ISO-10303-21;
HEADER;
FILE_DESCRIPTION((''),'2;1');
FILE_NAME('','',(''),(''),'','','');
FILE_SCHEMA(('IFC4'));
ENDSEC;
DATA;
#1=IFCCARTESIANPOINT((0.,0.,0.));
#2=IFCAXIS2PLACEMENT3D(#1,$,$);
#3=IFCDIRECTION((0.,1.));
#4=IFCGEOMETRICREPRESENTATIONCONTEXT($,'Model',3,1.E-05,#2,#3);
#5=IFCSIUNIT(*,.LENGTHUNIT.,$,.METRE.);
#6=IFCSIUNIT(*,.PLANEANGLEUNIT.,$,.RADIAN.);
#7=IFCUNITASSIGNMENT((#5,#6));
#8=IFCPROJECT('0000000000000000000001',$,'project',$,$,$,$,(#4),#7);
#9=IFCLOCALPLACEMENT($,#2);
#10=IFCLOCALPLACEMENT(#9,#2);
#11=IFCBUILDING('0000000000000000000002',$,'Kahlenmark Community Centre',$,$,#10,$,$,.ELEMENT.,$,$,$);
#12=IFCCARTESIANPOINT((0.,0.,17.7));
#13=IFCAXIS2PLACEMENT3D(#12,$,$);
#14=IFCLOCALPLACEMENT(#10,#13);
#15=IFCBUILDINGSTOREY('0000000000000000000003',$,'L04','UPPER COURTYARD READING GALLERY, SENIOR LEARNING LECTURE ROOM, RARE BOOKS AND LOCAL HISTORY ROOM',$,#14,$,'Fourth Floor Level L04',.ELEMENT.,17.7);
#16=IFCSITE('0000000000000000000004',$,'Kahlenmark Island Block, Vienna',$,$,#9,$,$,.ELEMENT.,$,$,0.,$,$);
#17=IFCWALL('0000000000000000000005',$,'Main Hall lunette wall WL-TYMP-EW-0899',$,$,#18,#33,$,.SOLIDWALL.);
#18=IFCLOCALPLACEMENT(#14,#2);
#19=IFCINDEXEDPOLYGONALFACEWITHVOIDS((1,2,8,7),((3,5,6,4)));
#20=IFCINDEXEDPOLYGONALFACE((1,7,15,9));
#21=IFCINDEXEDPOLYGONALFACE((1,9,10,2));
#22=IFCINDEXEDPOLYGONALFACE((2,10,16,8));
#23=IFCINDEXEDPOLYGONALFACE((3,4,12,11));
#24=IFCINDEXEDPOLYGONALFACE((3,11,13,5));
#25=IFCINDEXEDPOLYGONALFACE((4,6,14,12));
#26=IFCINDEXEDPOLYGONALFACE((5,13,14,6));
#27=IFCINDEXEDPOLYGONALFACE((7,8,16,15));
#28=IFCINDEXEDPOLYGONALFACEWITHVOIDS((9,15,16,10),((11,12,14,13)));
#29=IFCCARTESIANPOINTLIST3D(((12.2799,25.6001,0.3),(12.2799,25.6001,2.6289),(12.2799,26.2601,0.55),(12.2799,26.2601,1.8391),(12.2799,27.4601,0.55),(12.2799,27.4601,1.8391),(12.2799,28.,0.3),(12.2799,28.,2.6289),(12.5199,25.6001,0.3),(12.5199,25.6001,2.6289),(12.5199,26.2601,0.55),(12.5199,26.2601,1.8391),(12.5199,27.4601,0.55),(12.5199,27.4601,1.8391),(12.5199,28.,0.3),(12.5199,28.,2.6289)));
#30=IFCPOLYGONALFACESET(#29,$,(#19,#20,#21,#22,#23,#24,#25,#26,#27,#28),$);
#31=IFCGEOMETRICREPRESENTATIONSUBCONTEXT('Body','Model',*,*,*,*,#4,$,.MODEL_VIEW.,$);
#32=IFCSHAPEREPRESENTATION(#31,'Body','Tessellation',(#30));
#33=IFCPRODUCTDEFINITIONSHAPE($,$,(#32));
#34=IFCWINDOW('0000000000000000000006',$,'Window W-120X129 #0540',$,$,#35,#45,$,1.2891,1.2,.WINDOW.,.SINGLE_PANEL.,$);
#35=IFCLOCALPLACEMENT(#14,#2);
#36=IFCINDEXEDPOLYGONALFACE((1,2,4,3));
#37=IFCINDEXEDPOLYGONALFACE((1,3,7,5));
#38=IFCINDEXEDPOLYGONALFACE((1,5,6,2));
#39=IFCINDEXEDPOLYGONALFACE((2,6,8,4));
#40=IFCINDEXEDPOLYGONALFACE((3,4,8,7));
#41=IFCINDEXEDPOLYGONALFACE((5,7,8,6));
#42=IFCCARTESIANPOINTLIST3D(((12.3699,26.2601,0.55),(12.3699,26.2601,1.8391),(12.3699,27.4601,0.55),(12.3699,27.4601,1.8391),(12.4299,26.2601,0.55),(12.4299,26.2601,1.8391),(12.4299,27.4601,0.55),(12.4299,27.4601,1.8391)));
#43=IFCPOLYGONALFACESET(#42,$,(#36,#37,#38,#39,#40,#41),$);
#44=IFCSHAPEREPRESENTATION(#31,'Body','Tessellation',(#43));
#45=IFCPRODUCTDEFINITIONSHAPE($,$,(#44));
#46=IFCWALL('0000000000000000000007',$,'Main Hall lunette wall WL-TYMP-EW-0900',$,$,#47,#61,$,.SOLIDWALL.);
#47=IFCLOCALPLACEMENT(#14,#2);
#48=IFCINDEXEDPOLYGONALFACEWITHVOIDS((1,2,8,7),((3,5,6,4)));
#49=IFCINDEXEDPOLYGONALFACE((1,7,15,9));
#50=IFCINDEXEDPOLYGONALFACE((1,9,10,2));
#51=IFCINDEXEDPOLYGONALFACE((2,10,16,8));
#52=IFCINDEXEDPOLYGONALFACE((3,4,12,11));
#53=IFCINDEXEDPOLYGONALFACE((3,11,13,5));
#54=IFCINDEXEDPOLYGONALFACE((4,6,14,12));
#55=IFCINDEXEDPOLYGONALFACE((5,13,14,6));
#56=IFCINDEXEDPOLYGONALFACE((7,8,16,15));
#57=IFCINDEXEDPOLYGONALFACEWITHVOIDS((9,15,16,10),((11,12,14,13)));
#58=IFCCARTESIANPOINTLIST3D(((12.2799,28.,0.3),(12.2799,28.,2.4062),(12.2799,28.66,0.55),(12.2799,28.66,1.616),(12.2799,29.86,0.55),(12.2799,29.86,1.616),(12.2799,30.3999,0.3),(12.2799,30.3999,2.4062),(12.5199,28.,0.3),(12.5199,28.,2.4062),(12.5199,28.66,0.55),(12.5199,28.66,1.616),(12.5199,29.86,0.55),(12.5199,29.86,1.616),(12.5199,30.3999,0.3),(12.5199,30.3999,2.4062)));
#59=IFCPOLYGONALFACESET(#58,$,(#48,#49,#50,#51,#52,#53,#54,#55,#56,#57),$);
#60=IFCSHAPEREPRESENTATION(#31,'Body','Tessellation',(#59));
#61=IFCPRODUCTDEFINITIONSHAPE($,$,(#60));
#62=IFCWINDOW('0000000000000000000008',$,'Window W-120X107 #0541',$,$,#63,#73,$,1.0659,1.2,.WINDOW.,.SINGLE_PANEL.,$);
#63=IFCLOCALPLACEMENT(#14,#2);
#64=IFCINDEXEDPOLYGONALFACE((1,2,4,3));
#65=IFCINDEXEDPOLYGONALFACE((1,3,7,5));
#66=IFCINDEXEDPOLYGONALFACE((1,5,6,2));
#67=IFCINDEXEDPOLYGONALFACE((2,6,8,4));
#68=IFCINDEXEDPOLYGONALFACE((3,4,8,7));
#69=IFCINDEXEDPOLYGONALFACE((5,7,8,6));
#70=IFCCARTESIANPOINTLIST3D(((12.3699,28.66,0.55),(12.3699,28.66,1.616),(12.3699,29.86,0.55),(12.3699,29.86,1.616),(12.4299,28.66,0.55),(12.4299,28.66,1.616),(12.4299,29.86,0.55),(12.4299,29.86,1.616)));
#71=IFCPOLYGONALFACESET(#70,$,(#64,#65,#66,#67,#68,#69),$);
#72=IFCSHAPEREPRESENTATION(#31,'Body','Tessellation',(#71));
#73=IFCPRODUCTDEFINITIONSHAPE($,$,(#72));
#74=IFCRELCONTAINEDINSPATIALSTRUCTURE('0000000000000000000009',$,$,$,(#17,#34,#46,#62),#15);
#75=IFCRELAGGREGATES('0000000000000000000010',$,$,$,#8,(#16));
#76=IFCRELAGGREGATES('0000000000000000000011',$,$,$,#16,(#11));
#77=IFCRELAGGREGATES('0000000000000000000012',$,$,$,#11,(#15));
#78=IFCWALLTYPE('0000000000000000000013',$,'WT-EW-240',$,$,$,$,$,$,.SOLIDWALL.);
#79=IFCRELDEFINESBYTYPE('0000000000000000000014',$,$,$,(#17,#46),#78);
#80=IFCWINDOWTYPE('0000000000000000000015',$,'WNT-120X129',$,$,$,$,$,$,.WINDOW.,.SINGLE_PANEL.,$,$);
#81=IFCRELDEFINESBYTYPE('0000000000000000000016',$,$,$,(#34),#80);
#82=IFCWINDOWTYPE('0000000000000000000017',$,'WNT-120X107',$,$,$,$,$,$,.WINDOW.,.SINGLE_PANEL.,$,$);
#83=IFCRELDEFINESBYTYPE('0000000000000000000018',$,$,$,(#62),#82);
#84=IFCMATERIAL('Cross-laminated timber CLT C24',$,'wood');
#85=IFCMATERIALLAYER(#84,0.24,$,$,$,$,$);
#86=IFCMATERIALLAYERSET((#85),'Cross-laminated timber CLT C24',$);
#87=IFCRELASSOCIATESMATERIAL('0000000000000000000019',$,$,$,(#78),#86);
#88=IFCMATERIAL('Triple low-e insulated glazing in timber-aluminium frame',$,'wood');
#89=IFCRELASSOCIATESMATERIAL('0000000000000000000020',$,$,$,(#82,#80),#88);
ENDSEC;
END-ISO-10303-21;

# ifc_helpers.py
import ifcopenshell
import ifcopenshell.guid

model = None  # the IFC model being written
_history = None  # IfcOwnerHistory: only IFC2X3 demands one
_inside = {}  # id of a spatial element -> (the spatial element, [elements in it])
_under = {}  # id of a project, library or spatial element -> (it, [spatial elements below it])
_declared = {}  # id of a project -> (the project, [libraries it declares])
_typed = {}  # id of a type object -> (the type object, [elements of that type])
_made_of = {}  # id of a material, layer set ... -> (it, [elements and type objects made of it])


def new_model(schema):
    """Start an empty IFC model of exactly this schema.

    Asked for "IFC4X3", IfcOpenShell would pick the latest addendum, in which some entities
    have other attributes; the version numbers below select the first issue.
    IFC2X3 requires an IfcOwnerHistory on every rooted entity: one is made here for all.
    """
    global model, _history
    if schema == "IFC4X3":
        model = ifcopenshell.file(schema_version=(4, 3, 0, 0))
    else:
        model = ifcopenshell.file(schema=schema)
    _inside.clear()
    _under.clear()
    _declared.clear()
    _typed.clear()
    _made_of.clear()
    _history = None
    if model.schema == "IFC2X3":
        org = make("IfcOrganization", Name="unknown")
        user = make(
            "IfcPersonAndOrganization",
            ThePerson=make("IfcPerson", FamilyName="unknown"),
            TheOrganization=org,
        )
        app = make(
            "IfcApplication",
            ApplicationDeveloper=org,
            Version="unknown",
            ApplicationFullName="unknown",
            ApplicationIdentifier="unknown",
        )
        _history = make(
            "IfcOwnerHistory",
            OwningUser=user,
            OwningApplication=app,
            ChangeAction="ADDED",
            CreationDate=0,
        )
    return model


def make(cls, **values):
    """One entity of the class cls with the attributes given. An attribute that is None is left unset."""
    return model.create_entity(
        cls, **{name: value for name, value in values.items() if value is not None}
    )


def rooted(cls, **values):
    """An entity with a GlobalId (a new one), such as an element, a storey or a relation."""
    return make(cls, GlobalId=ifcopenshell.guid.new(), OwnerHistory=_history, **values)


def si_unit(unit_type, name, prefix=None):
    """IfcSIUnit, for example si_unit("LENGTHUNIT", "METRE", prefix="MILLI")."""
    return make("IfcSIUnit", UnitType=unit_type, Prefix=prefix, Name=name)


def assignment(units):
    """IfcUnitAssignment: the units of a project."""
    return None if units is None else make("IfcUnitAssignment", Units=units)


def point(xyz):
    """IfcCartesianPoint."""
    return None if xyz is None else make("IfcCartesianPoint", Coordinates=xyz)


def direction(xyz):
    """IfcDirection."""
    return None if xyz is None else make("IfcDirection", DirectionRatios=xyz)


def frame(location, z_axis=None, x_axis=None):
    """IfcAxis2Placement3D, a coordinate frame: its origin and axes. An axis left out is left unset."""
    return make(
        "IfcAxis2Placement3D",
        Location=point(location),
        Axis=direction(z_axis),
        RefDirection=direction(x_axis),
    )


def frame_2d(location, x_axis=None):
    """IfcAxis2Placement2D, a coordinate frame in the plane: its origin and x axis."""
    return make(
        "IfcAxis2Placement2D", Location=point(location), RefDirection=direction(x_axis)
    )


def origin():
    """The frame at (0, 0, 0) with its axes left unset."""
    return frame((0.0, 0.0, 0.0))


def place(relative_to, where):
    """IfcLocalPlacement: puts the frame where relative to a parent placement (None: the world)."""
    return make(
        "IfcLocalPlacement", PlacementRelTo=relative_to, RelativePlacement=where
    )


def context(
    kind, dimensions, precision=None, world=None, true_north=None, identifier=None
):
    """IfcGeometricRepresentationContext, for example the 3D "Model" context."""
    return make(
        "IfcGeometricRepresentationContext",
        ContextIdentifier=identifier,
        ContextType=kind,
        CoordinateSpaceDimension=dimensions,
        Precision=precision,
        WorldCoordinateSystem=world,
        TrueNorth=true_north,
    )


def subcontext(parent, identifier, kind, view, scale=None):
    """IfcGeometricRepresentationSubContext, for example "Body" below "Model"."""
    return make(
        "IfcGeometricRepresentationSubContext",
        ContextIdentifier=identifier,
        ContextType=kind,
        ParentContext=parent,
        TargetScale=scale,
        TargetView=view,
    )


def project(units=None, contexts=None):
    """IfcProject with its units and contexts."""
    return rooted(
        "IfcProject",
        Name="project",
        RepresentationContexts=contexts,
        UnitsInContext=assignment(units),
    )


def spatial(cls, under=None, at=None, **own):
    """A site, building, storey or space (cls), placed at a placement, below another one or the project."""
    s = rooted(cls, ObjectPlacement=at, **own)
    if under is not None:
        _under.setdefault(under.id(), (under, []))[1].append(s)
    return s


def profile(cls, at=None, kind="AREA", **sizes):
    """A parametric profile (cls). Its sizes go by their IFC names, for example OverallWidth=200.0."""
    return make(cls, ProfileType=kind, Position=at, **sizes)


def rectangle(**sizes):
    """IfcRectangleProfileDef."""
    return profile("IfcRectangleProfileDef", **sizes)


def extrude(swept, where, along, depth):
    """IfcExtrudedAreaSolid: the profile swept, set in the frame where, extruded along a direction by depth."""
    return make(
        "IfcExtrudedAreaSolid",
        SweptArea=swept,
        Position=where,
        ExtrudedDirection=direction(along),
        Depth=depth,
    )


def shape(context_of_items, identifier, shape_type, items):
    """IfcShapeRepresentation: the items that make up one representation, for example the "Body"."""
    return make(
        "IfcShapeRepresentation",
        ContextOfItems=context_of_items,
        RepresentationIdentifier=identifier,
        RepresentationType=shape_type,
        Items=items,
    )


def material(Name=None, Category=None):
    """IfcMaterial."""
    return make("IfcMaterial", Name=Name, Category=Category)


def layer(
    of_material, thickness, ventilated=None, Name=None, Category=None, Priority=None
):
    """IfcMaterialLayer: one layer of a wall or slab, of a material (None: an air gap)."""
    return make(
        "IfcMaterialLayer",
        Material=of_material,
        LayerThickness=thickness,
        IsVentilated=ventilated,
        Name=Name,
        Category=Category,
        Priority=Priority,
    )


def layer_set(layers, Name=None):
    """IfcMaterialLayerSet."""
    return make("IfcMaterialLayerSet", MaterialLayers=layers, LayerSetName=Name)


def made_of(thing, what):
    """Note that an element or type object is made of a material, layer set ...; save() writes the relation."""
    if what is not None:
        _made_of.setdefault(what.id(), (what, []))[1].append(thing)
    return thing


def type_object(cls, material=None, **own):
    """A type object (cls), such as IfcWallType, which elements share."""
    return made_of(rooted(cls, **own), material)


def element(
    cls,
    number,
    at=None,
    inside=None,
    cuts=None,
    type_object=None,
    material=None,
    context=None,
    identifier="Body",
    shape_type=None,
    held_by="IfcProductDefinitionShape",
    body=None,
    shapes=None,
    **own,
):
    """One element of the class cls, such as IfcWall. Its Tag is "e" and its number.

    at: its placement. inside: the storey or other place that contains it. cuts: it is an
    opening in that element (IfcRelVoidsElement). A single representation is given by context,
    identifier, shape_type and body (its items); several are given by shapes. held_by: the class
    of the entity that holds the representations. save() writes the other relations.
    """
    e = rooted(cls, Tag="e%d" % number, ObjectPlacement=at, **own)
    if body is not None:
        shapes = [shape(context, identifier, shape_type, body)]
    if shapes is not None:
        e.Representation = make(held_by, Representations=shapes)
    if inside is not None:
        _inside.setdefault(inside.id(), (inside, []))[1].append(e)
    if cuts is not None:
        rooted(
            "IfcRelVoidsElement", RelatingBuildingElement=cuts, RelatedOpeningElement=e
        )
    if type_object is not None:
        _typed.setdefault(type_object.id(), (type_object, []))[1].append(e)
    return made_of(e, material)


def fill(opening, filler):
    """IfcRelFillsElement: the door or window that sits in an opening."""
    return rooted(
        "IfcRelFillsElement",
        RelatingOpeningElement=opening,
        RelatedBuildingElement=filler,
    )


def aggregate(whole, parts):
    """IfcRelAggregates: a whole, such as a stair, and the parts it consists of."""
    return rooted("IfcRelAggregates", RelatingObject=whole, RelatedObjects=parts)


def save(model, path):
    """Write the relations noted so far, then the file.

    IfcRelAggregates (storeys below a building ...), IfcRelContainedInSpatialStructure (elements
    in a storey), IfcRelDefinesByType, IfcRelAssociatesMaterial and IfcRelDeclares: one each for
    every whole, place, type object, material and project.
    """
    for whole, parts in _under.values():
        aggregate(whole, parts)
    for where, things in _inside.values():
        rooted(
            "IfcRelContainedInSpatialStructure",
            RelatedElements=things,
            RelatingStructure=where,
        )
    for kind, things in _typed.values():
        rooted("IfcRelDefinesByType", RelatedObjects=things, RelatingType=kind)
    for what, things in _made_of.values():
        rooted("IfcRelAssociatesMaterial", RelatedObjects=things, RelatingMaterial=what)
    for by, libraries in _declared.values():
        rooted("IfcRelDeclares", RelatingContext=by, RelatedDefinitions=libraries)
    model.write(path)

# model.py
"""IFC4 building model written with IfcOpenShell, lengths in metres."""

from ifc_helpers import new_model, si_unit, direction, frame, frame_2d, origin, place, context, subcontext, project, spatial, rectangle, extrude, material, layer, layer_set, type_object, element, fill, save


model = new_model("IFC4")

# Units and contexts
model_context = context("Model", 3, precision=1e-05, world=origin(), true_north=direction((0.0, 1.0)))
body_context = subcontext(model_context, "Body", "Model", "MODEL_VIEW")
ifc_project = project(units=[si_unit("LENGTHUNIT", "METRE"), si_unit("PLANEANGLEUNIT", "RADIAN")], contexts=[model_context])

# Site, building, storey
site_placement = place(None, origin())
site = spatial("IfcSite", under=ifc_project, at=site_placement, Name="Kahlenmark Island Block, Vienna", CompositionType="ELEMENT", RefElevation=0.0)
building_placement = place(site_placement, origin())
building = spatial("IfcBuilding", under=site, at=building_placement, Name="Kahlenmark Community Centre", CompositionType="ELEMENT")
storey_placement = place(building_placement, frame((0.0, 0.0, 17.7)))
storey = spatial("IfcBuildingStorey", under=building, at=storey_placement, Name="L04", Description="UPPER COURTYARD READING GALLERY, SENIOR LEARNING LECTURE ROOM, RARE BOOKS AND LOCAL HISTORY ROOM", LongName="Fourth Floor Level L04", CompositionType="ELEMENT", Elevation=17.7)

# Walls, openings, windows
ifc_material_1 = material(Name="Cross-laminated timber CLT C24", Category="wood")
ifc_layer_1 = layer(ifc_material_1, 0.24)
ifc_layer_set_1 = layer_set([ifc_layer_1], Name="Cross-laminated timber CLT C24")
wall_type = type_object("IfcWallType", Name="WT-EW-240", PredefinedType="SOLIDWALL", material=ifc_layer_set_1)
ifc_material_2 = material(Name="Triple low-e insulated glazing in timber-aluminium frame", Category="wood")
window_type_1 = type_object("IfcWindowType", Name="WNT-120X107", PartitioningType="SINGLE_PANEL", PredefinedType="WINDOW", material=ifc_material_2)
window_type_2 = type_object("IfcWindowType", Name="WNT-120X129", PartitioningType="SINGLE_PANEL", PredefinedType="WINDOW", material=ifc_material_2)
wall_1_placement = place(storey_placement, frame((12.3999, 25.6001, 0.3), z_axis=(0.0, 0.0, 1.0), x_axis=(0.0, 1.0, 0.0)))
wall_1 = element("IfcWall", 1, at=wall_1_placement, inside=storey, type_object=wall_type, Name="Main Hall lunette wall WL-TYMP-EW-0899", PredefinedType="SOLIDWALL", context=body_context, shape_type="SweptSolid", body=[
    extrude(rectangle(XDim=2.3999, YDim=0.24, at=frame_2d((1.2, 0.0))), origin(), (0.0, 0.0, 1.0), 2.3289),
])
opening_1_placement = place(wall_1_placement, frame((0.6599, 0.0, 0.25)))
opening_1 = element("IfcOpeningElement", 2, at=opening_1_placement, cuts=wall_1, PredefinedType="OPENING", context=body_context, shape_type="SweptSolid", body=[
    extrude(rectangle(XDim=1.2, YDim=1.2891, at=frame_2d((0.6001, 0.6445))), frame((0.0, 0.1299, 0.0), z_axis=(0.0, -1.0, 0.0), x_axis=(1.0, 0.0, 0.0)), (0.0, 0.0, 1.0), 0.26),
])
window_1_placement = place(opening_1_placement, origin())
window_1 = element("IfcWindow", 3, at=window_1_placement, inside=storey, type_object=window_type_2, Name="Window W-120X129 #0540", OverallHeight=1.2891, OverallWidth=1.2, PartitioningType="SINGLE_PANEL", PredefinedType="WINDOW", context=body_context, shape_type="SweptSolid", body=[
    extrude(rectangle(XDim=1.2, YDim=1.2891, at=frame_2d((0.6001, 0.6445))), frame((0.0, 0.03, 0.0), z_axis=(0.0, -1.0, 0.0), x_axis=(1.0, 0.0, 0.0)), (0.0, 0.0, 1.0), 0.0601),
])
fill(opening_1, window_1)
wall_2_placement = place(storey_placement, frame((12.3999, 28.0, 0.3), z_axis=(0.0, 0.0, 1.0), x_axis=(0.0, 1.0, 0.0)))
wall_2 = element("IfcWall", 4, at=wall_2_placement, inside=storey, type_object=wall_type, Name="Main Hall lunette wall WL-TYMP-EW-0900", PredefinedType="SOLIDWALL", context=body_context, shape_type="SweptSolid", body=[
    extrude(rectangle(XDim=2.3999, YDim=0.24, at=frame_2d((1.2, 0.0))), origin(), (0.0, 0.0, 1.0), 2.1062),
])
opening_2_placement = place(wall_2_placement, frame((0.6599, 0.0, 0.25)))
opening_2 = element("IfcOpeningElement", 5, at=opening_2_placement, cuts=wall_2, PredefinedType="OPENING", context=body_context, shape_type="SweptSolid", body=[
    extrude(rectangle(XDim=1.2, YDim=1.0659, at=frame_2d((0.6001, 0.533))), frame((0.0, 0.1299, 0.0), z_axis=(0.0, -1.0, 0.0), x_axis=(1.0, 0.0, 0.0)), (0.0, 0.0, 1.0), 0.26),
])
window_2_placement = place(opening_2_placement, origin())
window_2 = element("IfcWindow", 6, at=window_2_placement, inside=storey, type_object=window_type_1, Name="Window W-120X107 #0541", OverallHeight=1.0659, OverallWidth=1.2, PartitioningType="SINGLE_PANEL", PredefinedType="WINDOW", context=body_context, shape_type="SweptSolid", body=[
    extrude(rectangle(XDim=1.2, YDim=1.0659, at=frame_2d((0.6001, 0.533))), frame((0.0, 0.03, 0.0), z_axis=(0.0, -1.0, 0.0), x_axis=(1.0, 0.0, 0.0)), (0.0, 0.0, 1.0), 0.0601),
])
fill(opening_2, window_2)

save(model, "model.ifc")
